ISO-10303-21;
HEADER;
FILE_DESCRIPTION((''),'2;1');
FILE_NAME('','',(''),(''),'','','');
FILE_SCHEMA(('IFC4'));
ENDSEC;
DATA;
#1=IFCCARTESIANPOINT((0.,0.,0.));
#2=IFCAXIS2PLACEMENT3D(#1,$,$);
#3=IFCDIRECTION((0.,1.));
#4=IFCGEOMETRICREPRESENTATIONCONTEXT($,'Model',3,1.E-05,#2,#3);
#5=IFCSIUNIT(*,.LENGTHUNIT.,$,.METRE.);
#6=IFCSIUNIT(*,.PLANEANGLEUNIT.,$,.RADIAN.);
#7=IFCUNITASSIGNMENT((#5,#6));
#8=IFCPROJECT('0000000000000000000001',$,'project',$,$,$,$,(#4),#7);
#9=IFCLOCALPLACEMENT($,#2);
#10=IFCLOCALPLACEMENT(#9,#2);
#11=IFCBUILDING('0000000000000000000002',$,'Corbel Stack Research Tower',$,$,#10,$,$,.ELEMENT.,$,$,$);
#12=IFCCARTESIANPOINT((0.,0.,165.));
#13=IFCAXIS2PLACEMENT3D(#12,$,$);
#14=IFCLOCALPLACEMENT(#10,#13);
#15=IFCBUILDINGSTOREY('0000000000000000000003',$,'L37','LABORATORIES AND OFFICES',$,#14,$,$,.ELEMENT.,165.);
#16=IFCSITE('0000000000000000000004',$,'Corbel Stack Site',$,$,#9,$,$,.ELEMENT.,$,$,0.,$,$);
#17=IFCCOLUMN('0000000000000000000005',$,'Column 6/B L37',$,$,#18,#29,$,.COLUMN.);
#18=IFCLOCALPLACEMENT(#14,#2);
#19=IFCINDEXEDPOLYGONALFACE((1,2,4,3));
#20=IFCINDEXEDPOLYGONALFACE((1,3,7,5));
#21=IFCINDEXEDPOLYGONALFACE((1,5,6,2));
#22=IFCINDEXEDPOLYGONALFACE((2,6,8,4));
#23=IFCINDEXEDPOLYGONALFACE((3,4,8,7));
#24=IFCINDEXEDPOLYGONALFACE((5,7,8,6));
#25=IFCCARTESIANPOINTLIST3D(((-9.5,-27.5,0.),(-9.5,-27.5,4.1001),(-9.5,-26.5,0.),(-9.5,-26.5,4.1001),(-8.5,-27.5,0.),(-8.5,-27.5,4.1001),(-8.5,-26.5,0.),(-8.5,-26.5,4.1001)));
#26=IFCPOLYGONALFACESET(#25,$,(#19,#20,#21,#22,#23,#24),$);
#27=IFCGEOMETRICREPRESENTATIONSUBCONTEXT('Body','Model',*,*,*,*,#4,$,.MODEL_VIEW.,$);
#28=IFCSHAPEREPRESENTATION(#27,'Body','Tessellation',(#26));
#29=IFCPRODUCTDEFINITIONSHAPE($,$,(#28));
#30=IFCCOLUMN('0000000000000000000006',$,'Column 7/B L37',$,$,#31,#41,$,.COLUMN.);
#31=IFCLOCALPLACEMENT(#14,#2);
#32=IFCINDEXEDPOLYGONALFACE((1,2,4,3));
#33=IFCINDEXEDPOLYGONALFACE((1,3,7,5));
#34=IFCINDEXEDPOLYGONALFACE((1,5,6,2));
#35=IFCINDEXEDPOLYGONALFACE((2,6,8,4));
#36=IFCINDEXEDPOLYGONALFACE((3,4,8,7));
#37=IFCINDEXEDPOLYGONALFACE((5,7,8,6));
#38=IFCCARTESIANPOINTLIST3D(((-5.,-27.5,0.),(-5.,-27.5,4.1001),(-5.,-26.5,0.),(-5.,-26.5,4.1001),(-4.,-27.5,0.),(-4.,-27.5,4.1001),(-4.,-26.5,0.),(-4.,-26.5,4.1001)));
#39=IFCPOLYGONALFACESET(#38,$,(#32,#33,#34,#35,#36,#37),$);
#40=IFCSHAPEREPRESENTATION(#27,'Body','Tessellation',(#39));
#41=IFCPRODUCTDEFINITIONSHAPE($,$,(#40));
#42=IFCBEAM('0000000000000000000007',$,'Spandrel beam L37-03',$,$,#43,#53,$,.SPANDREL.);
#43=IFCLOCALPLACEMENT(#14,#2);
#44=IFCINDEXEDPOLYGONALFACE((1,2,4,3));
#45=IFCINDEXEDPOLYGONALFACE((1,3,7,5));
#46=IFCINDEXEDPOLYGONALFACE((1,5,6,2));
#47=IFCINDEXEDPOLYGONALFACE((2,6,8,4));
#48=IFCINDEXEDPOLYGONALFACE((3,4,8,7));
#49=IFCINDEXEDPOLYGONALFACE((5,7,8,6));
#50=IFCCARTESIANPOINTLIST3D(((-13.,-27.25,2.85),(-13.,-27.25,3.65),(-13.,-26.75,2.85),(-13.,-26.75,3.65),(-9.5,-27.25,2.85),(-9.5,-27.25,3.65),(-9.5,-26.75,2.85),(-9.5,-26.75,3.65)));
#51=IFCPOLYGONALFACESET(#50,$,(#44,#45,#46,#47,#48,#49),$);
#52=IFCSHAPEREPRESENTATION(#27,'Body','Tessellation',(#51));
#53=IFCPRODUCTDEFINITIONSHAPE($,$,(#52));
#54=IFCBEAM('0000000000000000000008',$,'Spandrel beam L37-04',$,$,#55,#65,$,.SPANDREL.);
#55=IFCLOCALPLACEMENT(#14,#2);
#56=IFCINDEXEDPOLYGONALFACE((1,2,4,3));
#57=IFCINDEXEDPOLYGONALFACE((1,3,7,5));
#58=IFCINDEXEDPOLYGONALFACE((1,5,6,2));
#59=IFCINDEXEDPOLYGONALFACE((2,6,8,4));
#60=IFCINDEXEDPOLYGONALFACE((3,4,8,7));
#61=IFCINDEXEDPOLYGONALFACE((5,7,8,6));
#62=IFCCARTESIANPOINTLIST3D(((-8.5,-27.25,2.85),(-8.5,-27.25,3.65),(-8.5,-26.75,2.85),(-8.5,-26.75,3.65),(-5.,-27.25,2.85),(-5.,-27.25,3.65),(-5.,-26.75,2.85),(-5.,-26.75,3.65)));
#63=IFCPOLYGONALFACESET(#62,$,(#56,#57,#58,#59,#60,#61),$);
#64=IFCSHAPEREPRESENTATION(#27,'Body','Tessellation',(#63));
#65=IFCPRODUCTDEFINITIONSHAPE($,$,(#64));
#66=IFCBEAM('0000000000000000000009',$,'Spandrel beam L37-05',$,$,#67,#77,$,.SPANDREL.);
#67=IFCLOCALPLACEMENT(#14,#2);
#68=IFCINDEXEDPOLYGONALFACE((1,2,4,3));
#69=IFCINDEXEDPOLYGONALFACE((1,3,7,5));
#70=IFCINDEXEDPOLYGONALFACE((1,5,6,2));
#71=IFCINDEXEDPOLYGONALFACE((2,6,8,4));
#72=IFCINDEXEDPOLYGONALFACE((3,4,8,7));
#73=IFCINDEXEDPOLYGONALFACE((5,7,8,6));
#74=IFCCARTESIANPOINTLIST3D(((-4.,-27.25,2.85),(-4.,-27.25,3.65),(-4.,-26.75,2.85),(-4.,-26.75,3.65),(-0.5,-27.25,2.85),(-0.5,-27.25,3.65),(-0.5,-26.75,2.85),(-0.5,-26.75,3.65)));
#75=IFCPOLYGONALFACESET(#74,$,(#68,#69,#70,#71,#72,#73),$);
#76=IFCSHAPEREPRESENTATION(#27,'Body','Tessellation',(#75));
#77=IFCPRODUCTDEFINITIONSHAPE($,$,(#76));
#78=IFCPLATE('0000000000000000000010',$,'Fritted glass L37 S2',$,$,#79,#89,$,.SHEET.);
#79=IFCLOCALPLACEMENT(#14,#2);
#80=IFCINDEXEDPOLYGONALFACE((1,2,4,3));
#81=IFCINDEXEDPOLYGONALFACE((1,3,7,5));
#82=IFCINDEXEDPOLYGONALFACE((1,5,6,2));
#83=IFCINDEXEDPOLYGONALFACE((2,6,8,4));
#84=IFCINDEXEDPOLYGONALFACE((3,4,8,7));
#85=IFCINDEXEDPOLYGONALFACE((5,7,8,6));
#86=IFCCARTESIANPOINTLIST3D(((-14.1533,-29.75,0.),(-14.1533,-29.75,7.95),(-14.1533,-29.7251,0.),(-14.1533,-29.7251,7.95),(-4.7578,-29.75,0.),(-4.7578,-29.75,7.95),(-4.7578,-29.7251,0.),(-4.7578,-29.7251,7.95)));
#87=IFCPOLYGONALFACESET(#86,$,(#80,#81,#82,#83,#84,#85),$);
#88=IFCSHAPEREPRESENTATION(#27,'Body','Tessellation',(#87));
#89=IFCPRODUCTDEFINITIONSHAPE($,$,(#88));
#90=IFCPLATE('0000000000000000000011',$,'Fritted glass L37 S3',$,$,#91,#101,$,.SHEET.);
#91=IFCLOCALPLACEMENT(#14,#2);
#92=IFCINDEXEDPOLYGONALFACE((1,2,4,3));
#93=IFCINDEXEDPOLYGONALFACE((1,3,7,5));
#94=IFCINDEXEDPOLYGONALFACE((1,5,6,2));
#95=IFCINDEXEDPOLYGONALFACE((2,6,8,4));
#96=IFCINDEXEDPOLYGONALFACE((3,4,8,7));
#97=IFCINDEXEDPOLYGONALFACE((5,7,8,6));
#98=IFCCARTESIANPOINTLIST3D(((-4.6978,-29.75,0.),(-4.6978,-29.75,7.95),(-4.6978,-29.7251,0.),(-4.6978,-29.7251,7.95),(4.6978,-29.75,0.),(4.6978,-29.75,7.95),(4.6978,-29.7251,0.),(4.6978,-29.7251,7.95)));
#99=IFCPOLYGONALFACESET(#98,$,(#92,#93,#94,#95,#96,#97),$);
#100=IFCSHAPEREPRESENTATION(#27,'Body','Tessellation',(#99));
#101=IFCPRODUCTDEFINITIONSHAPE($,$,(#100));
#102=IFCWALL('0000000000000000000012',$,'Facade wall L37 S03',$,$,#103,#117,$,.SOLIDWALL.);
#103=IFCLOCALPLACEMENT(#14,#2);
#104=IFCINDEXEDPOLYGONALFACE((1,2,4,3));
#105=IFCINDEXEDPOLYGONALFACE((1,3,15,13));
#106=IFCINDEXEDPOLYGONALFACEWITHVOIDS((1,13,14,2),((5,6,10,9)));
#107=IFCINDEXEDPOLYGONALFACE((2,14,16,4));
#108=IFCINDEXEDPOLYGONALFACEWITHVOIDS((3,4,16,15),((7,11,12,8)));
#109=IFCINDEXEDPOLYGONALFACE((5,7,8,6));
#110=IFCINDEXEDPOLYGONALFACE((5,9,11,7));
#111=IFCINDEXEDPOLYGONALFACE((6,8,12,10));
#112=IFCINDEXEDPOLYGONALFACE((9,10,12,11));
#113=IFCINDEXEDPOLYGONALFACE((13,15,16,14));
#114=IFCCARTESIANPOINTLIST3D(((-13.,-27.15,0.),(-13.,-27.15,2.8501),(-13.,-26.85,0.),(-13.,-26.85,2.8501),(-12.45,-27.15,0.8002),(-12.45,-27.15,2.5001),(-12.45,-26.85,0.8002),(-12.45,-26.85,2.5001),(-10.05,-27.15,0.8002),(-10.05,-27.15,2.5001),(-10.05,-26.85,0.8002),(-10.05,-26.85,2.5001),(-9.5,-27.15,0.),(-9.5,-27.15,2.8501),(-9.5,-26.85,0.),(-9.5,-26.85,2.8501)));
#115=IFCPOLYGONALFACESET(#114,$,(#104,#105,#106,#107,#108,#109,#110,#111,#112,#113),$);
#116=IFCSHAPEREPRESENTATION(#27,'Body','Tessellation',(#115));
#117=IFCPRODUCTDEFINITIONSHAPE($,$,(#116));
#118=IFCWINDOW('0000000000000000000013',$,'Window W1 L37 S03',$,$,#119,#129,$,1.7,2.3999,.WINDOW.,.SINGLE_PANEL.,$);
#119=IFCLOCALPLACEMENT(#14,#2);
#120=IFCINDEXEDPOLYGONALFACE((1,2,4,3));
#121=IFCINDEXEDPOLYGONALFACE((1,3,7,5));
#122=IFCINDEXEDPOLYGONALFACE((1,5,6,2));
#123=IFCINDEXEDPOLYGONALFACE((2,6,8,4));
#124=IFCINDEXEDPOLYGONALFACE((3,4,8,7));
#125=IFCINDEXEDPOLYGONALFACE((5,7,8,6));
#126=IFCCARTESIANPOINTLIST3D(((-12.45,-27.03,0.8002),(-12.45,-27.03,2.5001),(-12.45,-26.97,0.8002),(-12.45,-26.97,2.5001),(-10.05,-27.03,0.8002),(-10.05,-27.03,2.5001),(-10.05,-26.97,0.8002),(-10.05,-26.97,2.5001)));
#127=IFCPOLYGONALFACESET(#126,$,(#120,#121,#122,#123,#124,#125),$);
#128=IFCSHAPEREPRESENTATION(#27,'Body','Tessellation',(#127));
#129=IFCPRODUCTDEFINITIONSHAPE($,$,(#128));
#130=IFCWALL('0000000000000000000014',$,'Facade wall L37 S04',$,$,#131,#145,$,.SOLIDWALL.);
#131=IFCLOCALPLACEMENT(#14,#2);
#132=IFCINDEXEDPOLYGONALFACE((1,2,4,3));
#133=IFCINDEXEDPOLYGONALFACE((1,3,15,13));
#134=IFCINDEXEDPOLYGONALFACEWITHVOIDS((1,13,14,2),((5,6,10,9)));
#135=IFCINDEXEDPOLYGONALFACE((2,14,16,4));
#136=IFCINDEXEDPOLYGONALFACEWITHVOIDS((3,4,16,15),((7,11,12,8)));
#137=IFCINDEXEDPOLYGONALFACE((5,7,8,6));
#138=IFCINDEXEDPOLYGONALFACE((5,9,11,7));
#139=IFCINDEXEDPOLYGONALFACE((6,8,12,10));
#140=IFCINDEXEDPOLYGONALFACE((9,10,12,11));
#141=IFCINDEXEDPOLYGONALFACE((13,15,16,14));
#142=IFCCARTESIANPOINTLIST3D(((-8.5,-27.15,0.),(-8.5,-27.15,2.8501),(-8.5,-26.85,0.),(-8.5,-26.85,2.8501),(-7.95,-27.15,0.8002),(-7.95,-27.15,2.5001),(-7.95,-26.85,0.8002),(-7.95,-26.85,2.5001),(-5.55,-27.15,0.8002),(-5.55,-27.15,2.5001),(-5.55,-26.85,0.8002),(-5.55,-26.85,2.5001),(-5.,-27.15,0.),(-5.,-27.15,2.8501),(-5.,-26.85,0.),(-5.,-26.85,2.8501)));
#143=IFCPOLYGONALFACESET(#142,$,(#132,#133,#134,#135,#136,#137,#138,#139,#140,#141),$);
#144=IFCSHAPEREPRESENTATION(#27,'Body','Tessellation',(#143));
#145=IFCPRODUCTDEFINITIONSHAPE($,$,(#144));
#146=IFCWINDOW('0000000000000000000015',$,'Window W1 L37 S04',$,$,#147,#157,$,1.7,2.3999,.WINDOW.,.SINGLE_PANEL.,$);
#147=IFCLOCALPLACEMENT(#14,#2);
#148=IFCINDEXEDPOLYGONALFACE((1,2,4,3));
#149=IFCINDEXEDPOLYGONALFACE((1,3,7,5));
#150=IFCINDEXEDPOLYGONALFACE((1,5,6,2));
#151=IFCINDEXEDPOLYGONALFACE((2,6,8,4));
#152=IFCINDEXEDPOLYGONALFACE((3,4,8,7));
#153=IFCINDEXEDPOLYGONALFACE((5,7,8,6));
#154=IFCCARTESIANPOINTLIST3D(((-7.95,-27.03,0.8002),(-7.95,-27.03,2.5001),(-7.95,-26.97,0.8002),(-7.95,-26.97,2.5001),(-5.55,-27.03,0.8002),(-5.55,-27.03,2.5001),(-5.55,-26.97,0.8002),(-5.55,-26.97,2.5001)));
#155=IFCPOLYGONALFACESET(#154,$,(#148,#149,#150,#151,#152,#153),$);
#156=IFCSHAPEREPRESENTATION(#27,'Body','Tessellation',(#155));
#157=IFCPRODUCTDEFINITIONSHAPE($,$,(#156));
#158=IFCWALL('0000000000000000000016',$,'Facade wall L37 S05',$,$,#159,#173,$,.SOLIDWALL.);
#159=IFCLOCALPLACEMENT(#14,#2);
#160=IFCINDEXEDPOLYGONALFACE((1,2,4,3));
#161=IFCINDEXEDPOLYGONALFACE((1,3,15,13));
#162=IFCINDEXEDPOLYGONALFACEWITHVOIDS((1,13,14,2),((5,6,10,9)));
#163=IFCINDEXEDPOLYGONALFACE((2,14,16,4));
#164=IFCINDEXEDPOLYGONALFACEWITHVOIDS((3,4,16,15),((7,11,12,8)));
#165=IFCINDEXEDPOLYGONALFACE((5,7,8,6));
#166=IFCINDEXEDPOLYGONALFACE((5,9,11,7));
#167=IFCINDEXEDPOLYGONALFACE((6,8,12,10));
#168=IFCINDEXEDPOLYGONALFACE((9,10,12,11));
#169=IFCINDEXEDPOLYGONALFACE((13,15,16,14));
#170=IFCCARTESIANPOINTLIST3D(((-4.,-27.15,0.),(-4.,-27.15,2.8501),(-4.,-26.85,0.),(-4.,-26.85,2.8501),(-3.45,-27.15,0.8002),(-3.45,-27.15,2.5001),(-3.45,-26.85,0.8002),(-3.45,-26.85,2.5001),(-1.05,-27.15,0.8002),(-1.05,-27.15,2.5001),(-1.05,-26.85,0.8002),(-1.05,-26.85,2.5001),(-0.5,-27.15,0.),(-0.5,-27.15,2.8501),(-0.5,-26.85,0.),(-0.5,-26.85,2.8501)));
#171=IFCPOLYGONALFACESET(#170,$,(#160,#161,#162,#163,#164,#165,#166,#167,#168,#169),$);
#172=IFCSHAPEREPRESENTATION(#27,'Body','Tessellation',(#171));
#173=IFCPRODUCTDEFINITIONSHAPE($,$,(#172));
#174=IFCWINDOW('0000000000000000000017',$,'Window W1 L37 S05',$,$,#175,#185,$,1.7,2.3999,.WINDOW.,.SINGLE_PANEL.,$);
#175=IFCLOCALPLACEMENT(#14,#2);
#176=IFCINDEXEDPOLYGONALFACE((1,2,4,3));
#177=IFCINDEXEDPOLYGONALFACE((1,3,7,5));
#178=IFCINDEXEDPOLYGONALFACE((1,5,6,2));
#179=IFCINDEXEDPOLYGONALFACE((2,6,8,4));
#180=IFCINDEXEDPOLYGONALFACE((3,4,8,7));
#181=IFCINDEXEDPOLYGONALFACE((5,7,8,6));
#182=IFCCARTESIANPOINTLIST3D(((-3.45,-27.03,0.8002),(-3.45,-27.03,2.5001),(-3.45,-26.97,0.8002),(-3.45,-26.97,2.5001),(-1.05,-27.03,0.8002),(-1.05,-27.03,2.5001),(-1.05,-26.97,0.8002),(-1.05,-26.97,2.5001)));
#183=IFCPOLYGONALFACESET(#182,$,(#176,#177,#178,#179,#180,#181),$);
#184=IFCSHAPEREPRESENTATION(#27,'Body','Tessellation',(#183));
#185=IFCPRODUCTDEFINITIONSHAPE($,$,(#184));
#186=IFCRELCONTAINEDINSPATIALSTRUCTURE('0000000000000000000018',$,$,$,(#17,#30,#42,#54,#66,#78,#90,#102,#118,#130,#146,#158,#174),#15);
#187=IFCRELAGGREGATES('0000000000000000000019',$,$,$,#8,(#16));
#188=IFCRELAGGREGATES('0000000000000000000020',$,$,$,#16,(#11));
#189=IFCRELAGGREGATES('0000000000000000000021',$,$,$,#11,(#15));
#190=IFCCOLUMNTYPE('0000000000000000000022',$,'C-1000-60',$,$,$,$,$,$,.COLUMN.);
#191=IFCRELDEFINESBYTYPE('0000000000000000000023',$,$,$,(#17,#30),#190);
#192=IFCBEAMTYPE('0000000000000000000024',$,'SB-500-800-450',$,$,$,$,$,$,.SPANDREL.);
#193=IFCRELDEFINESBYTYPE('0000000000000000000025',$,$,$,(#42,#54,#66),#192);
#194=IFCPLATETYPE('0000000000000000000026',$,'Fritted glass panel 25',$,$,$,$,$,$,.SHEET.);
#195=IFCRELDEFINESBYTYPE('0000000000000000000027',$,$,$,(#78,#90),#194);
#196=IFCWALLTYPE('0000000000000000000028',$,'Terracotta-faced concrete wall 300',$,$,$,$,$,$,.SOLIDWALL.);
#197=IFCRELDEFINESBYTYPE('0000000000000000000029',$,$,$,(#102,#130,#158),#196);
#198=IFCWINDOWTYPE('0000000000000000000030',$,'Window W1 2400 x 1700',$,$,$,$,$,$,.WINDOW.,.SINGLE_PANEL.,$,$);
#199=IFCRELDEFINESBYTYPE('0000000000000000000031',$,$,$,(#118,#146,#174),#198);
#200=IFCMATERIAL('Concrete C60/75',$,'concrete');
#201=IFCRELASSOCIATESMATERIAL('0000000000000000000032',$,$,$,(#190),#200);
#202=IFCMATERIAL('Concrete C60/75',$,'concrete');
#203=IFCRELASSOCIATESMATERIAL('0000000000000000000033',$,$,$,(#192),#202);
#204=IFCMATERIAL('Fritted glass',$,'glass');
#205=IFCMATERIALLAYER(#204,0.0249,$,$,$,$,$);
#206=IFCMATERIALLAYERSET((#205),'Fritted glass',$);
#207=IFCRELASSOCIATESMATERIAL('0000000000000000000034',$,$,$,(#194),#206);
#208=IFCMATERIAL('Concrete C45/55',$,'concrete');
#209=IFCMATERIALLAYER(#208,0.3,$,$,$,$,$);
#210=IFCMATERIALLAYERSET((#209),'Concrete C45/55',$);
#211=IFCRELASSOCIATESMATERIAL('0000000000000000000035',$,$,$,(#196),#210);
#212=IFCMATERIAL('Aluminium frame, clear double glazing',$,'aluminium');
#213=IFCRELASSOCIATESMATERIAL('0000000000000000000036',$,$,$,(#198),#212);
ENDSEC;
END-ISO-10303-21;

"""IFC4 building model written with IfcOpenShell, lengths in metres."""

from ifc_helpers import new_model, si_unit, direction, frame, frame_2d, origin, origin_2d, place, context, subcontext, project, spatial, rectangle, extrude, material, layer, layer_set, material_profile, profile_set, type_object, element, fill, save


model = new_model("IFC4")

# Units and contexts
model_context = context("Model", 3, precision=1e-05, world=origin(), true_north=direction((0.0, 1.0)))
body_context = subcontext(model_context, "Body", "Model", "MODEL_VIEW")
ifc_project = project(units=[si_unit("LENGTHUNIT", "METRE"), si_unit("PLANEANGLEUNIT", "RADIAN")], contexts=[model_context])

# Site, building, storey
site_placement = place(None, origin())
site = spatial("IfcSite", under=ifc_project, at=site_placement, Name="Corbel Stack Site", CompositionType="ELEMENT", RefElevation=0.0)
building_placement = place(site_placement, origin())
building = spatial("IfcBuilding", under=site, at=building_placement, Name="Corbel Stack Research Tower", CompositionType="ELEMENT")
storey_placement = place(building_placement, frame((0.0, 0.0, 165.0)))
storey = spatial("IfcBuildingStorey", under=building, at=storey_placement, Name="L37", Description="LABORATORIES AND OFFICES", CompositionType="ELEMENT", Elevation=165.0)

# Columns
ifc_material_1 = material(Name="Concrete C60/75", Category="concrete")
ifc_material_profile_1 = material_profile(ifc_material_1, rectangle(XDim=1.0, YDim=1.0, at=origin_2d()), Name="RC 1000 x 1000")
ifc_profile_set_1 = profile_set([ifc_material_profile_1], Name="Concrete C60/75")
column_type = type_object("IfcColumnType", Name="C-1000-60", PredefinedType="COLUMN", material=ifc_profile_set_1)
for number, where, z_axis, x_axis, name in (
    (1, (-9.0, -27.0, 0.0), (0.0, 0.0, 1.0), (1.0, 0.0, 0.0), "Column 6/B L37"),
    (2, (-4.5, -27.0, 0.0), (0.0, 0.0, 1.0), (1.0, 0.0, 0.0), "Column 7/B L37"),
):
    element("IfcColumn", number, at=place(storey_placement, frame(where, z_axis=z_axis, x_axis=x_axis)), inside=storey, type_object=column_type, Name=name, PredefinedType="COLUMN", context=body_context, shape_type="SweptSolid", body=[
        extrude(rectangle(XDim=1.0, YDim=1.0, at=origin_2d()), origin(), (0.0, 0.0, 1.0), 4.1001),
    ])

# Beams
ifc_material_2 = material(Name="Concrete C60/75", Category="concrete")
ifc_material_profile_2 = material_profile(ifc_material_2, rectangle(XDim=0.5, YDim=0.8, at=origin_2d()), Name="RC 500 x 800")
ifc_profile_set_2 = profile_set([ifc_material_profile_2], Name="Concrete C60/75")
beam_type = type_object("IfcBeamType", Name="SB-500-800-450", PredefinedType="SPANDREL", material=ifc_profile_set_2)
for number, where, z_axis, x_axis, name in (
    (3, (-13.0, -27.0, 3.25), (1.0, 0.0, 0.0), (0.0, 1.0, 0.0), "Spandrel beam L37-03"),
    (4, (-8.5, -27.0, 3.25), (1.0, 0.0, 0.0), (0.0, 1.0, 0.0), "Spandrel beam L37-04"),
    (5, (-4.0, -27.0, 3.25), (1.0, 0.0, 0.0), (0.0, 1.0, 0.0), "Spandrel beam L37-05"),
):
    element("IfcBeam", number, at=place(storey_placement, frame(where, z_axis=z_axis, x_axis=x_axis)), inside=storey, type_object=beam_type, Name=name, PredefinedType="SPANDREL", context=body_context, shape_type="SweptSolid", body=[
        extrude(rectangle(XDim=0.5, YDim=0.8, at=origin_2d()), origin(), (0.0, 0.0, 1.0), 3.5),
    ])

# Plates
ifc_material_3 = material(Name="Fritted glass", Category="glass")
ifc_layer_1 = layer(ifc_material_3, 0.0249)
ifc_layer_set_1 = layer_set([ifc_layer_1], Name="Fritted glass")
plate_type = type_object("IfcPlateType", Name="Fritted glass panel 25", PredefinedType="SHEET", material=ifc_layer_set_1)
for number, where, z_axis, x_axis, name in (
    (6, (-9.4556, -29.7375, 0.0), (0.0, 0.0, 1.0), (1.0, 0.0, 0.0), "Fritted glass L37 S2"),
    (7, (0.0, -29.7375, 0.0), (0.0, 0.0, 1.0), (1.0, 0.0, 0.0), "Fritted glass L37 S3"),
):
    element("IfcPlate", number, at=place(storey_placement, frame(where, z_axis=z_axis, x_axis=x_axis)), inside=storey, type_object=plate_type, Name=name, PredefinedType="SHEET", context=body_context, shape_type="SweptSolid", body=[
        extrude(rectangle(XDim=9.3955, YDim=0.0249, at=origin_2d()), origin(), (0.0, 0.0, 1.0), 7.95),
    ])

# Walls, openings, windows
ifc_material_4 = material(Name="Concrete C45/55", Category="concrete")
ifc_layer_2 = layer(ifc_material_4, 0.3)
ifc_layer_set_2 = layer_set([ifc_layer_2], Name="Concrete C45/55")
wall_type = type_object("IfcWallType", Name="Terracotta-faced concrete wall 300", PredefinedType="SOLIDWALL", material=ifc_layer_set_2)
wall_1_placement = place(storey_placement, frame((-9.5, -27.0, 0.0), z_axis=(0.0, 0.0, 1.0), x_axis=(-1.0, 0.0, 0.0)))
wall_1 = element("IfcWall", 8, at=wall_1_placement, inside=storey, type_object=wall_type, Name="Facade wall L37 S03", PredefinedType="SOLIDWALL", context=body_context, shape_type="SweptSolid", body=[
    extrude(rectangle(XDim=3.5, YDim=0.3, at=frame_2d((1.75, 0.0))), origin(), (0.0, 0.0, 1.0), 2.8501),
])
opening_1_placement = place(wall_1_placement, frame((0.55, 0.0, 0.8)))
opening_1 = element("IfcOpeningElement", 9, at=opening_1_placement, cuts=wall_1, PredefinedType="OPENING", context=body_context, shape_type="SweptSolid", body=[
    extrude(rectangle(XDim=2.3999, YDim=1.7, at=frame_2d((1.2, 0.8501))), frame((0.0, 0.1599, 0.0), z_axis=(0.0, -1.0, 0.0), x_axis=(1.0, 0.0, 0.0)), (0.0, 0.0, 1.0), 0.3201),
])
ifc_material_5 = material(Name="Aluminium frame, clear double glazing", Category="aluminium")
window_type = type_object("IfcWindowType", Name="Window W1 2400 x 1700", PartitioningType="SINGLE_PANEL", PredefinedType="WINDOW", material=ifc_material_5)
window_1_placement = place(opening_1_placement, origin())
window_1 = element("IfcWindow", 10, at=window_1_placement, inside=storey, type_object=window_type, Name="Window W1 L37 S03", OverallHeight=1.7, OverallWidth=2.3999, PartitioningType="SINGLE_PANEL", PredefinedType="WINDOW", context=body_context, shape_type="SweptSolid", body=[
    extrude(rectangle(XDim=2.3999, YDim=1.7, at=frame_2d((1.2, 0.8501))), frame((0.0, 0.03, 0.0), z_axis=(0.0, -1.0, 0.0), x_axis=(1.0, 0.0, 0.0)), (0.0, 0.0, 1.0), 0.0601),
])
fill(opening_1, window_1)
wall_2_placement = place(storey_placement, frame((-5.0, -27.0, 0.0), z_axis=(0.0, 0.0, 1.0), x_axis=(-1.0, 0.0, 0.0)))
wall_2 = element("IfcWall", 11, at=wall_2_placement, inside=storey, type_object=wall_type, Name="Facade wall L37 S04", PredefinedType="SOLIDWALL", context=body_context, shape_type="SweptSolid", body=[
    extrude(rectangle(XDim=3.5, YDim=0.3, at=frame_2d((1.75, 0.0))), origin(), (0.0, 0.0, 1.0), 2.8501),
])
opening_2_placement = place(wall_2_placement, frame((0.55, 0.0, 0.8)))
opening_2 = element("IfcOpeningElement", 12, at=opening_2_placement, cuts=wall_2, PredefinedType="OPENING", context=body_context, shape_type="SweptSolid", body=[
    extrude(rectangle(XDim=2.3999, YDim=1.7, at=frame_2d((1.2, 0.8501))), frame((0.0, 0.1599, 0.0), z_axis=(0.0, -1.0, 0.0), x_axis=(1.0, 0.0, 0.0)), (0.0, 0.0, 1.0), 0.3201),
])
window_2_placement = place(opening_2_placement, origin())
window_2 = element("IfcWindow", 13, at=window_2_placement, inside=storey, type_object=window_type, Name="Window W1 L37 S04", OverallHeight=1.7, OverallWidth=2.3999, PartitioningType="SINGLE_PANEL", PredefinedType="WINDOW", context=body_context, shape_type="SweptSolid", body=[
    extrude(rectangle(XDim=2.3999, YDim=1.7, at=frame_2d((1.2, 0.8501))), frame((0.0, 0.03, 0.0), z_axis=(0.0, -1.0, 0.0), x_axis=(1.0, 0.0, 0.0)), (0.0, 0.0, 1.0), 0.0601),
])
fill(opening_2, window_2)
wall_3_placement = place(storey_placement, frame((-0.5, -27.0, 0.0), z_axis=(0.0, 0.0, 1.0), x_axis=(-1.0, 0.0, 0.0)))
wall_3 = element("IfcWall", 14, at=wall_3_placement, inside=storey, type_object=wall_type, Name="Facade wall L37 S05", PredefinedType="SOLIDWALL", context=body_context, shape_type="SweptSolid", body=[
    extrude(rectangle(XDim=3.5, YDim=0.3, at=frame_2d((1.75, 0.0))), origin(), (0.0, 0.0, 1.0), 2.8501),
])
opening_3_placement = place(wall_3_placement, frame((0.55, 0.0, 0.8)))
opening_3 = element("IfcOpeningElement", 15, at=opening_3_placement, cuts=wall_3, PredefinedType="OPENING", context=body_context, shape_type="SweptSolid", body=[
    extrude(rectangle(XDim=2.3999, YDim=1.7, at=frame_2d((1.2, 0.8501))), frame((0.0, 0.1599, 0.0), z_axis=(0.0, -1.0, 0.0), x_axis=(1.0, 0.0, 0.0)), (0.0, 0.0, 1.0), 0.3201),
])
window_3_placement = place(opening_3_placement, origin())
window_3 = element("IfcWindow", 16, at=window_3_placement, inside=storey, type_object=window_type, Name="Window W1 L37 S05", OverallHeight=1.7, OverallWidth=2.3999, PartitioningType="SINGLE_PANEL", PredefinedType="WINDOW", context=body_context, shape_type="SweptSolid", body=[
    extrude(rectangle(XDim=2.3999, YDim=1.7, at=frame_2d((1.2, 0.8501))), frame((0.0, 0.03, 0.0), z_axis=(0.0, -1.0, 0.0), x_axis=(1.0, 0.0, 0.0)), (0.0, 0.0, 1.0), 0.0601),
])
fill(opening_3, window_3)

save(model, "model.ifc")
